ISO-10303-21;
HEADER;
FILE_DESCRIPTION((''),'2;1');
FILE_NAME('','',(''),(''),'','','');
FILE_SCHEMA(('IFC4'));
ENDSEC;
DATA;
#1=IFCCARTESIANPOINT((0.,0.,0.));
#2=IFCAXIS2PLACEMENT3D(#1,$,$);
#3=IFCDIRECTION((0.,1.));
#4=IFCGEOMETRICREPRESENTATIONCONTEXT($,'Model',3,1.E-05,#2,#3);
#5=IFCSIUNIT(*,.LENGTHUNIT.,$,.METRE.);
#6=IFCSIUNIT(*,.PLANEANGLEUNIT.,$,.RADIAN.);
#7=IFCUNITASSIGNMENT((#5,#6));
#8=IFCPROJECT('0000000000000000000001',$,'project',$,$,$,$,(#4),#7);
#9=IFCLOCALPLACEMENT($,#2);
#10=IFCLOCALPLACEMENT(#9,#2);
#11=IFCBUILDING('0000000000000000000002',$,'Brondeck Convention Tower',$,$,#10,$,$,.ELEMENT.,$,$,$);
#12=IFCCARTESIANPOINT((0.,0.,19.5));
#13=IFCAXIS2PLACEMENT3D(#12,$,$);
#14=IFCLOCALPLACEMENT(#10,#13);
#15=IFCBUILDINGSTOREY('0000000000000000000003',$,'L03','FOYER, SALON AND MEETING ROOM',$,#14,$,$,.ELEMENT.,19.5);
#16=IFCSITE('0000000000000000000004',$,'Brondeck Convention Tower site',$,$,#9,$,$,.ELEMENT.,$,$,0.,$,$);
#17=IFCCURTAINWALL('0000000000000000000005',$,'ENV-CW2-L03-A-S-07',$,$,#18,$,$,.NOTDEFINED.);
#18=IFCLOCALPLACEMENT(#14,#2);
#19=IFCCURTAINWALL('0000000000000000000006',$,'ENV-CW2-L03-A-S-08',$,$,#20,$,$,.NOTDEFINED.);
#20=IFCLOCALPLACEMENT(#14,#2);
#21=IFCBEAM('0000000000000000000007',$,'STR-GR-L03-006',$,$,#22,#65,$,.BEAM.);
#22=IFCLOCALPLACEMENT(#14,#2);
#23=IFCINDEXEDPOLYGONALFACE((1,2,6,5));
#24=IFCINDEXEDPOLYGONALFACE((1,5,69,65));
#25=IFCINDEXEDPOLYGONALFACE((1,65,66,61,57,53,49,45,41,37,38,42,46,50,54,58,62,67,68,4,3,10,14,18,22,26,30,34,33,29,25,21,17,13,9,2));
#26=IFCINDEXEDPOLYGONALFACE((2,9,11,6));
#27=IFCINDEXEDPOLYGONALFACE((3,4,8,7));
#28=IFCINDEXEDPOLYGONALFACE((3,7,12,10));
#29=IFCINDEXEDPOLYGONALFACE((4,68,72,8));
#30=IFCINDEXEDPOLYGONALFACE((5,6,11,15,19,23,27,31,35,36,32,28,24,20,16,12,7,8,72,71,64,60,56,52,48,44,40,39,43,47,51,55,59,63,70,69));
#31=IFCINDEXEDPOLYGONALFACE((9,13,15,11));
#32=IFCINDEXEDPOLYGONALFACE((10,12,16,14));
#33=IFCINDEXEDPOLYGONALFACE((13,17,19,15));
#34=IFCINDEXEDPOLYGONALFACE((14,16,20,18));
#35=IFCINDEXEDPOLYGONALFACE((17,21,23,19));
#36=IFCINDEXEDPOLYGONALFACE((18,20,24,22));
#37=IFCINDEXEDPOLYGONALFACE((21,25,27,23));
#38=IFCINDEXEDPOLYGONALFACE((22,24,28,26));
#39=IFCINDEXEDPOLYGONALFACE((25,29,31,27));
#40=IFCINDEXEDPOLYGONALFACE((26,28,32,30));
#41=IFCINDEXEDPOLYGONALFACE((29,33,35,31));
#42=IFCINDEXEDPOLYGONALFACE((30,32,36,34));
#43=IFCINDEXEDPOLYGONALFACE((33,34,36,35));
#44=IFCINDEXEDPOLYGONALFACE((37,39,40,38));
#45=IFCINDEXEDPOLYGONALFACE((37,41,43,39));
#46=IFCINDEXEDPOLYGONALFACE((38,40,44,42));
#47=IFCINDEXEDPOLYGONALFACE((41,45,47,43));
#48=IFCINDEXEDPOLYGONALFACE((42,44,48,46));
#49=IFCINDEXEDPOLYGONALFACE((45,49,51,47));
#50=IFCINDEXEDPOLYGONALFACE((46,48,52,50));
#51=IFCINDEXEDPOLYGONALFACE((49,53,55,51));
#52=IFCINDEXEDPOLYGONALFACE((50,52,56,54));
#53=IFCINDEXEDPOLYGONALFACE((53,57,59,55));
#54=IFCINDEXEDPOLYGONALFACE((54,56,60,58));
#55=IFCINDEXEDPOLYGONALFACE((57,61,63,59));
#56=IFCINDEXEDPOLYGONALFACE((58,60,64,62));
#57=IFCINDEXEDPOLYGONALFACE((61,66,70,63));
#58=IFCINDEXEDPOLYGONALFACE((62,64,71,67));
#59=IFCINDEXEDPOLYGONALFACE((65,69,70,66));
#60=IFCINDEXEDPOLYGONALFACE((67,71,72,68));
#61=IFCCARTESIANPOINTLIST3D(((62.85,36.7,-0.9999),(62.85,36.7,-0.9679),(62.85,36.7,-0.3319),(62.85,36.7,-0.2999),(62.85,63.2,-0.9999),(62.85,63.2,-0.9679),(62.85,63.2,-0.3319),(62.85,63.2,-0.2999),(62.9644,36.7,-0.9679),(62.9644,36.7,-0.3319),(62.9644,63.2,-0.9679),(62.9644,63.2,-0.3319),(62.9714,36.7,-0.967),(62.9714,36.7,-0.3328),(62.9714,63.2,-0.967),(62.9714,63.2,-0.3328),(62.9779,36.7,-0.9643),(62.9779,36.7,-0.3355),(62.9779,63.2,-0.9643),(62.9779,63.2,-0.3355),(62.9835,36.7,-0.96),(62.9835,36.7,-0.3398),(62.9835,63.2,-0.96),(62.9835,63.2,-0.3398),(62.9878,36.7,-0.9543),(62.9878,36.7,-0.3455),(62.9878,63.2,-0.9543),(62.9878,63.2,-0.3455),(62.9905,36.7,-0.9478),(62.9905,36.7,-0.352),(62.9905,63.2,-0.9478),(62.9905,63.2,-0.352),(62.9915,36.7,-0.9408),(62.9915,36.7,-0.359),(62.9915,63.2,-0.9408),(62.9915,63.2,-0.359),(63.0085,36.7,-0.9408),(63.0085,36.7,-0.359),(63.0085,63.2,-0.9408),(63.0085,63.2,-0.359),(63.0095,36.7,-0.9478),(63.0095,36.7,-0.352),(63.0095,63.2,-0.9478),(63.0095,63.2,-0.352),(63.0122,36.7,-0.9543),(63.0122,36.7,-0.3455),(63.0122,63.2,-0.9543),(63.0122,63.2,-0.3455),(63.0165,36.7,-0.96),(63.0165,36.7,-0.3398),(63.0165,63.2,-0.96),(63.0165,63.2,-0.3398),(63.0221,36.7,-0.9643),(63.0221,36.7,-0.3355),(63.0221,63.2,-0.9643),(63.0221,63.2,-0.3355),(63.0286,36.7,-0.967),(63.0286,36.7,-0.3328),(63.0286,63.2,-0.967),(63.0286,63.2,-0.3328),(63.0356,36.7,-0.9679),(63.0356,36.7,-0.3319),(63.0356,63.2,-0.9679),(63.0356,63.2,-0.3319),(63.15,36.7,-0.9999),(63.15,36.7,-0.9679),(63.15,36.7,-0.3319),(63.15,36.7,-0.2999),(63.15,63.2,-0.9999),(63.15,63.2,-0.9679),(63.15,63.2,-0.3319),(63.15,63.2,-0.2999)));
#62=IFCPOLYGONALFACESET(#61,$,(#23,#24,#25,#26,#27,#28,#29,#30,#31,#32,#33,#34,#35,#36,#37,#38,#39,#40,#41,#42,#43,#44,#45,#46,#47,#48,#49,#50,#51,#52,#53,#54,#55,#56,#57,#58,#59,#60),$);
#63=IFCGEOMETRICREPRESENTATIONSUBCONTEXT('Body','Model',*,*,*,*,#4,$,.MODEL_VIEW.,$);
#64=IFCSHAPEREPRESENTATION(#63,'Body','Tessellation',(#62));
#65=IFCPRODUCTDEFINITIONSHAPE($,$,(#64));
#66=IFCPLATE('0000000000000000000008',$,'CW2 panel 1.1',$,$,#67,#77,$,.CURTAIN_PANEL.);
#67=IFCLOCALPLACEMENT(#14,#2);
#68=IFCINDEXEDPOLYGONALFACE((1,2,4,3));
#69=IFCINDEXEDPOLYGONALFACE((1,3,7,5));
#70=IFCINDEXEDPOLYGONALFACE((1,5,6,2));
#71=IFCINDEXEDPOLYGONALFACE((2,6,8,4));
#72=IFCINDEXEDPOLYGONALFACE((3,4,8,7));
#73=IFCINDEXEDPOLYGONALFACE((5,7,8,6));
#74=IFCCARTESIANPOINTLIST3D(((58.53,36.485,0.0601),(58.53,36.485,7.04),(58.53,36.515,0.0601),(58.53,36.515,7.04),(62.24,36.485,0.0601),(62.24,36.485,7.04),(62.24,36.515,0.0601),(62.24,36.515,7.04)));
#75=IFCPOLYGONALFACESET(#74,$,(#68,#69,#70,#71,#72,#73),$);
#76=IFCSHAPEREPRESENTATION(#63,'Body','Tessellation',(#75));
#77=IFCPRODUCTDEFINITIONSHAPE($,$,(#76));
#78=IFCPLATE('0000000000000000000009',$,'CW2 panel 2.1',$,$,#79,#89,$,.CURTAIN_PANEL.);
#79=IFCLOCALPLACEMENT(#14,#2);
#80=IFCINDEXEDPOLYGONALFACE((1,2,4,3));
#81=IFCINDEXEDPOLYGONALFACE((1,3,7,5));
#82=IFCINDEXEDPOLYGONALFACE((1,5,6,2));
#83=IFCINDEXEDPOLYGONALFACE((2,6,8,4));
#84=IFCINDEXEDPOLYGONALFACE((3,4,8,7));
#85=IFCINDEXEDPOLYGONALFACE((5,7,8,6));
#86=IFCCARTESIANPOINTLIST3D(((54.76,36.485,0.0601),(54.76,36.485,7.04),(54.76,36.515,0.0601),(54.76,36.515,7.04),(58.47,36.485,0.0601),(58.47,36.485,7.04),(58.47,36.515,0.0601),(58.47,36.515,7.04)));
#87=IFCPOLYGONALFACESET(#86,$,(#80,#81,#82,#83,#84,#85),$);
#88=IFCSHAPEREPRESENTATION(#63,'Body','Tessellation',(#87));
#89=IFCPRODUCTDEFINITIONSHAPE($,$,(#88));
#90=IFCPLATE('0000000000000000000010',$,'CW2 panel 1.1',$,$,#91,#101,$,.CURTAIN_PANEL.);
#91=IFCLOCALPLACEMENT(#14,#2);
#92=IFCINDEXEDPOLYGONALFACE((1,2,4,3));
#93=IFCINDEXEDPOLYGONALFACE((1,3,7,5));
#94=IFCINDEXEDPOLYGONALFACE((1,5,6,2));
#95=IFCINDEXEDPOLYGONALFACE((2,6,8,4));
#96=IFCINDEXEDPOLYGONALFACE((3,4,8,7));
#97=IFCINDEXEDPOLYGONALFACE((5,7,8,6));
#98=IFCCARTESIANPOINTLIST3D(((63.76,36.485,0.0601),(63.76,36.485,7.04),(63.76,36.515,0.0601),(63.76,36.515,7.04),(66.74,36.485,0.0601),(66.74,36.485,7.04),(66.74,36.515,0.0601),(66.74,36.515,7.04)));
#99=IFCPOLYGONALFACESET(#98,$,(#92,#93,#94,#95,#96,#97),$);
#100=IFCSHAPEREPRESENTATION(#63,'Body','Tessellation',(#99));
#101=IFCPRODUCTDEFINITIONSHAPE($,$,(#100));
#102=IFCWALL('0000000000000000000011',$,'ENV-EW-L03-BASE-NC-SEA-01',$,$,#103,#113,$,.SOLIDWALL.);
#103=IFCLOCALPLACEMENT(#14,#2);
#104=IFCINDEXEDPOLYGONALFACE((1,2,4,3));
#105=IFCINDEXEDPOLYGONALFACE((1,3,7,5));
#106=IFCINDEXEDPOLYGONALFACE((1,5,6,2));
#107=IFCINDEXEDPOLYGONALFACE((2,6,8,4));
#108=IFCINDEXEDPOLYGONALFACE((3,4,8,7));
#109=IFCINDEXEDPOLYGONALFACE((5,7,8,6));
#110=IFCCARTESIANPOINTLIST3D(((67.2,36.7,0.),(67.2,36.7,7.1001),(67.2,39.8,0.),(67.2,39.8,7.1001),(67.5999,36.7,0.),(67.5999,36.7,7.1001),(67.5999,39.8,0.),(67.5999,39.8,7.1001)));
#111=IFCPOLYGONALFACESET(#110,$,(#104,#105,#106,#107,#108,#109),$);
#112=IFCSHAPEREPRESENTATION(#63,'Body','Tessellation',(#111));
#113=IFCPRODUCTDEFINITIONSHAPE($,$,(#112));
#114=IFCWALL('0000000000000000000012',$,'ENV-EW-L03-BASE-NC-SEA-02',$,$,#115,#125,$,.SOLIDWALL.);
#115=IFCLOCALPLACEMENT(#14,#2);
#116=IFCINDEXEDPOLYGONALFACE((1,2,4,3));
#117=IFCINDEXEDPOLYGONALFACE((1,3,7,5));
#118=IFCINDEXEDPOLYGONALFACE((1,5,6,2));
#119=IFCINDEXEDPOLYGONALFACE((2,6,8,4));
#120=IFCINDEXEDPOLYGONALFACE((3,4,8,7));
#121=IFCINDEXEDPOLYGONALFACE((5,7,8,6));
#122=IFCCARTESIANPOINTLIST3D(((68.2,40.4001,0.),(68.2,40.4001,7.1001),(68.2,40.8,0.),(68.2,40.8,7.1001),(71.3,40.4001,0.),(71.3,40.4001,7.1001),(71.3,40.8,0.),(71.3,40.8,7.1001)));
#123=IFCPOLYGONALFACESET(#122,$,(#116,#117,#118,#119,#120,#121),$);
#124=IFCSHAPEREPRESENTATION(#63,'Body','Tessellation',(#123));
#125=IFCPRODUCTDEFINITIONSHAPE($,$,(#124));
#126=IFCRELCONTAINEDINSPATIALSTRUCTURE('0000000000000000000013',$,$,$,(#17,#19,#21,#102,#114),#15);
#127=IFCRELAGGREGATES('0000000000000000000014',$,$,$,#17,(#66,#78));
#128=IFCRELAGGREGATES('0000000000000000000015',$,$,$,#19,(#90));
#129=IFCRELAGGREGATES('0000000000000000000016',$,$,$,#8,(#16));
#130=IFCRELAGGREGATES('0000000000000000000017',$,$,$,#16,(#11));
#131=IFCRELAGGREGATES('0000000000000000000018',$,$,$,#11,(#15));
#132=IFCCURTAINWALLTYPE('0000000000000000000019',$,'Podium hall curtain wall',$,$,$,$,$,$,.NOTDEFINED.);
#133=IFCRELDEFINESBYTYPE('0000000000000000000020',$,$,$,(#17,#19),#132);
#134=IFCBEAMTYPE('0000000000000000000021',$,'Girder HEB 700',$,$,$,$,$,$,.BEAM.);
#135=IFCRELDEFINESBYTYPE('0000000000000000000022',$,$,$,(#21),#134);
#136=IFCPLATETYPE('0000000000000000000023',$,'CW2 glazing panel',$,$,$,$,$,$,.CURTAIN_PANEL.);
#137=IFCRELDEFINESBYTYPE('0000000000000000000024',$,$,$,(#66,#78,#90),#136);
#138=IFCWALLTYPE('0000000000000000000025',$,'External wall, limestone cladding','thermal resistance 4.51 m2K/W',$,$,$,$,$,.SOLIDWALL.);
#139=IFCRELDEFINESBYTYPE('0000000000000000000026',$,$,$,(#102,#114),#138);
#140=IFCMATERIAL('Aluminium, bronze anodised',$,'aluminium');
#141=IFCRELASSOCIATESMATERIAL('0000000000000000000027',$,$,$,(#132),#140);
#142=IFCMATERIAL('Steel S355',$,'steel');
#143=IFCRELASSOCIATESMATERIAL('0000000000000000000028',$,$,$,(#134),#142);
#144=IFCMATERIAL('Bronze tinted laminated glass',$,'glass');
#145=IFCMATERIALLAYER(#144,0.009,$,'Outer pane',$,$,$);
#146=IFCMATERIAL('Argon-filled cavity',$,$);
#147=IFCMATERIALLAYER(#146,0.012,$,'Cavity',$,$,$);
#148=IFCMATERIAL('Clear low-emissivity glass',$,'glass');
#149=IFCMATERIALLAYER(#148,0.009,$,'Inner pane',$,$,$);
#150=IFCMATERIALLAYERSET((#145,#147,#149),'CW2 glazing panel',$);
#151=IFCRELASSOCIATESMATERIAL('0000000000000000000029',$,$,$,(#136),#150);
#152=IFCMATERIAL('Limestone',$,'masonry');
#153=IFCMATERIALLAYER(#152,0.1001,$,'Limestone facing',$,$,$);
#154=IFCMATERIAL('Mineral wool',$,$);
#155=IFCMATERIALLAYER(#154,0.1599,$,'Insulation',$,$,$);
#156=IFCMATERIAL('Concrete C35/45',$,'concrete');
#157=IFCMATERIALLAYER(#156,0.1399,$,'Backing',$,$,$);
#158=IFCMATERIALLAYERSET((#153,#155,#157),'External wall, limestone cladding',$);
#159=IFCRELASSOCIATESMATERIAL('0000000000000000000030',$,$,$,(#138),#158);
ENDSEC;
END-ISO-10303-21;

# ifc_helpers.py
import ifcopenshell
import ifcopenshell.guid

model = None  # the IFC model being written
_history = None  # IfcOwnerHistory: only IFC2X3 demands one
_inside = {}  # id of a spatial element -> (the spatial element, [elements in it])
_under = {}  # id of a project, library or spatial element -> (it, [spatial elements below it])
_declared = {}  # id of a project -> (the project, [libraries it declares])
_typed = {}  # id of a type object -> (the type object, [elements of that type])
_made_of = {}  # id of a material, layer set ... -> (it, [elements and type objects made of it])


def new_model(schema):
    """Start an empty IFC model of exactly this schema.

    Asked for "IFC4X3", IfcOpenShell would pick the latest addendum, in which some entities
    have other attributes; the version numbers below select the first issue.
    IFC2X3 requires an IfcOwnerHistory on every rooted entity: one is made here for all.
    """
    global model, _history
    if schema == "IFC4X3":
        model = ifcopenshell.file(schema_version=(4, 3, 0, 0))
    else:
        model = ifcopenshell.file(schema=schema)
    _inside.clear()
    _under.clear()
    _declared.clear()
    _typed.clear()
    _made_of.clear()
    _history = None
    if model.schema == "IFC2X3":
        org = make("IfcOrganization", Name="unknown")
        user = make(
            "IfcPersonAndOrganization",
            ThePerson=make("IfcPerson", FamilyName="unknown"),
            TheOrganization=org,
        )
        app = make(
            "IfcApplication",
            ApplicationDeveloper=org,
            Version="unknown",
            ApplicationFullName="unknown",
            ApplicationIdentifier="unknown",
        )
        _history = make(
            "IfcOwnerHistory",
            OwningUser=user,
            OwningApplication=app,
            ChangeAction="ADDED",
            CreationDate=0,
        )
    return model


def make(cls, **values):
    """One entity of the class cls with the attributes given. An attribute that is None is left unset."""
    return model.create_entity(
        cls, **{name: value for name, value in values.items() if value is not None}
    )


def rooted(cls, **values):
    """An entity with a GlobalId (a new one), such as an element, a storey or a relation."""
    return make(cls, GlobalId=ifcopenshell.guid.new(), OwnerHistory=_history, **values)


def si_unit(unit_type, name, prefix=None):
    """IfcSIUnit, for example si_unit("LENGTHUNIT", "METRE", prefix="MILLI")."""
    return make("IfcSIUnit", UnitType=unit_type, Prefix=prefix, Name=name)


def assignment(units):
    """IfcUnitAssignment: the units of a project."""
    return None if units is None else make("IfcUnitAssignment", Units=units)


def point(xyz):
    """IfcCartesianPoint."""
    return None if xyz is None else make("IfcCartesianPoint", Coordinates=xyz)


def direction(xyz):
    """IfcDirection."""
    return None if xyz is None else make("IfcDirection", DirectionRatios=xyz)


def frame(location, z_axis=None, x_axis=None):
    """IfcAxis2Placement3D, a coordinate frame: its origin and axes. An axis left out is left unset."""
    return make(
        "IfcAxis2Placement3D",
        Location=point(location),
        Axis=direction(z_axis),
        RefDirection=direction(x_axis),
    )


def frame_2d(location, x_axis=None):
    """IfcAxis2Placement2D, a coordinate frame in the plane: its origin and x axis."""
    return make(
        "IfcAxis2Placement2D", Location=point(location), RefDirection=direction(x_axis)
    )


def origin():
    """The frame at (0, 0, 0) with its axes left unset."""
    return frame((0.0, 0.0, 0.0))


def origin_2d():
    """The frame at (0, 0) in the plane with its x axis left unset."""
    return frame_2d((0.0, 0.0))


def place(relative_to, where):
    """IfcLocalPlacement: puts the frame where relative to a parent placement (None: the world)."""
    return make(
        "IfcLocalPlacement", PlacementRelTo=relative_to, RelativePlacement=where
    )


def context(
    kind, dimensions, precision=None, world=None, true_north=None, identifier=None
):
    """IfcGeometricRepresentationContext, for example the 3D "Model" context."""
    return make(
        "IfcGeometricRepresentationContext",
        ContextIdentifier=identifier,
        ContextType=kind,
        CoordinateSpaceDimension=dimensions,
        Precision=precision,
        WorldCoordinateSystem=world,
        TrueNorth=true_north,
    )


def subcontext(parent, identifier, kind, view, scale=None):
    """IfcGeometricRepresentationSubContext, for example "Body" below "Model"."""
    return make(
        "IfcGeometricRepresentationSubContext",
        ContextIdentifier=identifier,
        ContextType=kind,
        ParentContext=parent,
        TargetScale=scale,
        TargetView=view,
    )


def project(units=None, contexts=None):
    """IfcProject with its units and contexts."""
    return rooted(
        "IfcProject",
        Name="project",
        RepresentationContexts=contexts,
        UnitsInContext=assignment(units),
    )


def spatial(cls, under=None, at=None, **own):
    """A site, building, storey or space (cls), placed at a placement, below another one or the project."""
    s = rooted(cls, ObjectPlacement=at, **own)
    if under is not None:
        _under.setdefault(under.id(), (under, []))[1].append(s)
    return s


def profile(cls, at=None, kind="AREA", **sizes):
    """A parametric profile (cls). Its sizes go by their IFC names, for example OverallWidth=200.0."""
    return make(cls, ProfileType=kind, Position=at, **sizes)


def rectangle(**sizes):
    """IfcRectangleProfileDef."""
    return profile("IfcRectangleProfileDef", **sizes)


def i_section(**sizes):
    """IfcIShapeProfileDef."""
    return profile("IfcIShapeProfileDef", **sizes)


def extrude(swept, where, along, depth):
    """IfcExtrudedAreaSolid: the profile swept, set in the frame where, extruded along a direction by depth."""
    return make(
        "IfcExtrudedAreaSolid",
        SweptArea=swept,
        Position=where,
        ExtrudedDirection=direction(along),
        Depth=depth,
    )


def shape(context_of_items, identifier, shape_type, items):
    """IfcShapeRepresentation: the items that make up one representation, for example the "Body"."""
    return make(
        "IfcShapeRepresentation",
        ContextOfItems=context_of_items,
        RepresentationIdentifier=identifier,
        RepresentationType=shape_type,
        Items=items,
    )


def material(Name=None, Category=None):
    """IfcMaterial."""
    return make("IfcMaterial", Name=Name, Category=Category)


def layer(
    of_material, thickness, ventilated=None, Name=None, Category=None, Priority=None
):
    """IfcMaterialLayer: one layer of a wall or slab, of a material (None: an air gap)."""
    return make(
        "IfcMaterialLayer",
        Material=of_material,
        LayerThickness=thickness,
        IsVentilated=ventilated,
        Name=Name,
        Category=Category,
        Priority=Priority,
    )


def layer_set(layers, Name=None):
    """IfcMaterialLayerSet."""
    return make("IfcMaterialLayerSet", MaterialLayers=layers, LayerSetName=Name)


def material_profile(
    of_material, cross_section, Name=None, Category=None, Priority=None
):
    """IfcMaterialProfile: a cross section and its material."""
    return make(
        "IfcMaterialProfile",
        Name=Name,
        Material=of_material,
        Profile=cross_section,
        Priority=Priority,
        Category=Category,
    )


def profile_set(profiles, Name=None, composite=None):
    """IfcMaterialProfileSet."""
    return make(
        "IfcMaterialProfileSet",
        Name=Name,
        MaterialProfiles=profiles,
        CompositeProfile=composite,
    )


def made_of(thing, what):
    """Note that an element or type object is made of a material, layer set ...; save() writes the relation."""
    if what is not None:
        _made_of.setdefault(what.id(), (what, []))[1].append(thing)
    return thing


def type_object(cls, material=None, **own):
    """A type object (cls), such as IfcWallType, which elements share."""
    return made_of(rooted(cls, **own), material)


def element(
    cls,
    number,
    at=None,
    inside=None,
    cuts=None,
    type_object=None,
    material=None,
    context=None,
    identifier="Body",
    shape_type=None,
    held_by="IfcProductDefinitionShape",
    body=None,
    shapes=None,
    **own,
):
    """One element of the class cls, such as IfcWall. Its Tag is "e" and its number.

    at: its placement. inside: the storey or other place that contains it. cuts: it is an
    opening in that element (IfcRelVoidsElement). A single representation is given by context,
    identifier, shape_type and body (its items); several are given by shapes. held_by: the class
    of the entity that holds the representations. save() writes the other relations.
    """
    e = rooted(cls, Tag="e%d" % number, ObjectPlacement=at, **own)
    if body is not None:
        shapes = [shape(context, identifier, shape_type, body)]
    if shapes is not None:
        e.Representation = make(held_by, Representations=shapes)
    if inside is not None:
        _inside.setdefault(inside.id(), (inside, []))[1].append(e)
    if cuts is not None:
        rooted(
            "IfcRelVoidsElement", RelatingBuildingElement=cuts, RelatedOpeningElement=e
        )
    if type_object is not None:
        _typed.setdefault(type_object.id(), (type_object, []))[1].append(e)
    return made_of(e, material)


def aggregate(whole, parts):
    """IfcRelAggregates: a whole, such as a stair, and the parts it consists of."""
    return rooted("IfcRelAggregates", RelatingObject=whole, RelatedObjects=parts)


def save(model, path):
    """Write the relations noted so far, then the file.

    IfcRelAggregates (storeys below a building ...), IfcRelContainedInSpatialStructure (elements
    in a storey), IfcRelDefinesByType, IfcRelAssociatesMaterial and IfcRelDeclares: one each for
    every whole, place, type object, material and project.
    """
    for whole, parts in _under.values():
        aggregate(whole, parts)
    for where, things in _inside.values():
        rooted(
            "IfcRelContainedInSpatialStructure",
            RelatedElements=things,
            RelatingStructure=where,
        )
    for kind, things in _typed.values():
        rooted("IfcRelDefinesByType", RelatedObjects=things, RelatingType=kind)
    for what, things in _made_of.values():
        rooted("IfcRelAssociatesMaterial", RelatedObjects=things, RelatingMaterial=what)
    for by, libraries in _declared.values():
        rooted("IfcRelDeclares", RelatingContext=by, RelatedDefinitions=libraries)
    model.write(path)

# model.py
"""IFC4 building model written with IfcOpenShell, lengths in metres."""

from ifc_helpers import new_model, si_unit, direction, frame, frame_2d, origin, origin_2d, place, context, subcontext, project, spatial, rectangle, i_section, extrude, material, layer, layer_set, material_profile, profile_set, type_object, element, aggregate, save


model = new_model("IFC4")

# Units and contexts
model_context = context("Model", 3, precision=1e-05, world=origin(), true_north=direction((0.0, 1.0)))
body_context = subcontext(model_context, "Body", "Model", "MODEL_VIEW")
ifc_project = project(units=[si_unit("LENGTHUNIT", "METRE"), si_unit("PLANEANGLEUNIT", "RADIAN")], contexts=[model_context])

# Site, building, storey
site_placement = place(None, origin())
site = spatial("IfcSite", under=ifc_project, at=site_placement, Name="Brondeck Convention Tower site", CompositionType="ELEMENT", RefElevation=0.0)
building_placement = place(site_placement, origin())
building = spatial("IfcBuilding", under=site, at=building_placement, Name="Brondeck Convention Tower", CompositionType="ELEMENT")
storey_placement = place(building_placement, frame((0.0, 0.0, 19.5)))
storey = spatial("IfcBuildingStorey", under=building, at=storey_placement, Name="L03", Description="FOYER, SALON AND MEETING ROOM", CompositionType="ELEMENT", Elevation=19.5)

# Curtain walls
ifc_material_1 = material(Name="Aluminium, bronze anodised", Category="aluminium")
curtain_wall_type = type_object("IfcCurtainWallType", Name="Podium hall curtain wall", PredefinedType="NOTDEFINED", material=ifc_material_1)
curtain_wall_1_placement = place(storey_placement, origin())
curtain_wall_1 = element("IfcCurtainWall", 1, at=curtain_wall_1_placement, inside=storey, type_object=curtain_wall_type, Name="ENV-CW2-L03-A-S-07", PredefinedType="NOTDEFINED")
curtain_wall_2_placement = place(storey_placement, origin())
curtain_wall_2 = element("IfcCurtainWall", 2, at=curtain_wall_2_placement, inside=storey, type_object=curtain_wall_type, Name="ENV-CW2-L03-A-S-08", PredefinedType="NOTDEFINED")

# Beam
ifc_material_2 = material(Name="Steel S355", Category="steel")
ifc_material_profile_1 = material_profile(ifc_material_2, i_section(OverallWidth=0.3, OverallDepth=0.7, WebThickness=0.0171, FlangeThickness=0.032, FilletRadius=0.0271, at=origin_2d()), Name="HEB 700")
ifc_profile_set_1 = profile_set([ifc_material_profile_1], Name="Steel S355")
beam_type_1 = type_object("IfcBeamType", Name="Girder HEB 700", PredefinedType="BEAM", material=ifc_profile_set_1)
beam_1_placement = place(storey_placement, frame((63.0, 36.7, -0.6499), z_axis=(0.0, 1.0, 0.0), x_axis=(-1.0, 0.0, 0.0)))
element("IfcBeam", 3, at=beam_1_placement, inside=storey, type_object=beam_type_1, Name="STR-GR-L03-006", PredefinedType="BEAM", context=body_context, shape_type="SweptSolid", body=[
    extrude(i_section(OverallWidth=0.3, OverallDepth=0.7, WebThickness=0.0171, FlangeThickness=0.032, FilletRadius=0.0271, at=origin_2d()), origin(), (0.0, 0.0, 1.0), 26.5),
])

# Plates
ifc_material_3 = material(Name="Bronze tinted laminated glass", Category="glass")
ifc_layer_1 = layer(ifc_material_3, 0.009, Name="Outer pane")
ifc_material_4 = material(Name="Argon-filled cavity")
ifc_layer_2 = layer(ifc_material_4, 0.012, Name="Cavity")
ifc_material_5 = material(Name="Clear low-emissivity glass", Category="glass")
ifc_layer_3 = layer(ifc_material_5, 0.009, Name="Inner pane")
ifc_layer_set_1 = layer_set([ifc_layer_1, ifc_layer_2, ifc_layer_3], Name="CW2 glazing panel")
plate_type = type_object("IfcPlateType", Name="CW2 glazing panel", PredefinedType="CURTAIN_PANEL", material=ifc_layer_set_1)
plate_1_placement = place(storey_placement, frame((60.385, 36.5, 0.0601), z_axis=(0.0, 0.0, 1.0), x_axis=(-1.0, 0.0, 0.0)))
plate_1 = element("IfcPlate", 4, at=plate_1_placement, type_object=plate_type, Name="CW2 panel 1.1", PredefinedType="CURTAIN_PANEL", context=body_context, shape_type="SweptSolid", body=[
    extrude(rectangle(XDim=3.71, YDim=0.03, at=origin_2d()), origin(), (0.0, 0.0, 1.0), 6.98),
])
plate_2_placement = place(storey_placement, frame((56.615, 36.5, 0.0601), z_axis=(0.0, 0.0, 1.0), x_axis=(-1.0, 0.0, 0.0)))
plate_2 = element("IfcPlate", 5, at=plate_2_placement, type_object=plate_type, Name="CW2 panel 2.1", PredefinedType="CURTAIN_PANEL", context=body_context, shape_type="SweptSolid", body=[
    extrude(rectangle(XDim=3.71, YDim=0.03, at=origin_2d()), origin(), (0.0, 0.0, 1.0), 6.98),
])
aggregate(curtain_wall_1, [plate_1, plate_2])
plate_3_placement = place(storey_placement, frame((65.25, 36.5, 0.0601), z_axis=(0.0, 0.0, 1.0), x_axis=(-1.0, 0.0, 0.0)))
plate_3 = element("IfcPlate", 6, at=plate_3_placement, type_object=plate_type, Name="CW2 panel 1.1", PredefinedType="CURTAIN_PANEL", context=body_context, shape_type="SweptSolid", body=[
    extrude(rectangle(XDim=2.98, YDim=0.03, at=origin_2d()), origin(), (0.0, 0.0, 1.0), 6.98),
])
aggregate(curtain_wall_2, [plate_3])

# Walls
ifc_material_6 = material(Name="Limestone", Category="masonry")
ifc_layer_4 = layer(ifc_material_6, 0.1001, Name="Limestone facing")
ifc_material_7 = material(Name="Mineral wool")
ifc_layer_5 = layer(ifc_material_7, 0.1599, Name="Insulation")
ifc_material_8 = material(Name="Concrete C35/45", Category="concrete")
ifc_layer_6 = layer(ifc_material_8, 0.1399, Name="Backing")
ifc_layer_set_2 = layer_set([ifc_layer_4, ifc_layer_5, ifc_layer_6], Name="External wall, limestone cladding")
wall_type = type_object("IfcWallType", Name="External wall, limestone cladding", Description="thermal resistance 4.51 m2K/W", PredefinedType="SOLIDWALL", material=ifc_layer_set_2)
for number, where, z_axis, x_axis, name in (
    (7, (67.3999, 39.8, 0.0), (0.0, 0.0, 1.0), (0.0, -1.0, 0.0), "ENV-EW-L03-BASE-NC-SEA-01"),
    (8, (71.3, 40.6001, 0.0), (0.0, 0.0, 1.0), (-1.0, 0.0, 0.0), "ENV-EW-L03-BASE-NC-SEA-02"),
):
    element("IfcWall", number, at=place(storey_placement, frame(where, z_axis=z_axis, x_axis=x_axis)), inside=storey, type_object=wall_type, Name=name, PredefinedType="SOLIDWALL", context=body_context, shape_type="SweptSolid", body=[
        extrude(rectangle(XDim=3.1001, YDim=0.3999, at=frame_2d((1.55, 0.0))), origin(), (0.0, 0.0, 1.0), 7.1001),
    ])

save(model, "model.ifc")
